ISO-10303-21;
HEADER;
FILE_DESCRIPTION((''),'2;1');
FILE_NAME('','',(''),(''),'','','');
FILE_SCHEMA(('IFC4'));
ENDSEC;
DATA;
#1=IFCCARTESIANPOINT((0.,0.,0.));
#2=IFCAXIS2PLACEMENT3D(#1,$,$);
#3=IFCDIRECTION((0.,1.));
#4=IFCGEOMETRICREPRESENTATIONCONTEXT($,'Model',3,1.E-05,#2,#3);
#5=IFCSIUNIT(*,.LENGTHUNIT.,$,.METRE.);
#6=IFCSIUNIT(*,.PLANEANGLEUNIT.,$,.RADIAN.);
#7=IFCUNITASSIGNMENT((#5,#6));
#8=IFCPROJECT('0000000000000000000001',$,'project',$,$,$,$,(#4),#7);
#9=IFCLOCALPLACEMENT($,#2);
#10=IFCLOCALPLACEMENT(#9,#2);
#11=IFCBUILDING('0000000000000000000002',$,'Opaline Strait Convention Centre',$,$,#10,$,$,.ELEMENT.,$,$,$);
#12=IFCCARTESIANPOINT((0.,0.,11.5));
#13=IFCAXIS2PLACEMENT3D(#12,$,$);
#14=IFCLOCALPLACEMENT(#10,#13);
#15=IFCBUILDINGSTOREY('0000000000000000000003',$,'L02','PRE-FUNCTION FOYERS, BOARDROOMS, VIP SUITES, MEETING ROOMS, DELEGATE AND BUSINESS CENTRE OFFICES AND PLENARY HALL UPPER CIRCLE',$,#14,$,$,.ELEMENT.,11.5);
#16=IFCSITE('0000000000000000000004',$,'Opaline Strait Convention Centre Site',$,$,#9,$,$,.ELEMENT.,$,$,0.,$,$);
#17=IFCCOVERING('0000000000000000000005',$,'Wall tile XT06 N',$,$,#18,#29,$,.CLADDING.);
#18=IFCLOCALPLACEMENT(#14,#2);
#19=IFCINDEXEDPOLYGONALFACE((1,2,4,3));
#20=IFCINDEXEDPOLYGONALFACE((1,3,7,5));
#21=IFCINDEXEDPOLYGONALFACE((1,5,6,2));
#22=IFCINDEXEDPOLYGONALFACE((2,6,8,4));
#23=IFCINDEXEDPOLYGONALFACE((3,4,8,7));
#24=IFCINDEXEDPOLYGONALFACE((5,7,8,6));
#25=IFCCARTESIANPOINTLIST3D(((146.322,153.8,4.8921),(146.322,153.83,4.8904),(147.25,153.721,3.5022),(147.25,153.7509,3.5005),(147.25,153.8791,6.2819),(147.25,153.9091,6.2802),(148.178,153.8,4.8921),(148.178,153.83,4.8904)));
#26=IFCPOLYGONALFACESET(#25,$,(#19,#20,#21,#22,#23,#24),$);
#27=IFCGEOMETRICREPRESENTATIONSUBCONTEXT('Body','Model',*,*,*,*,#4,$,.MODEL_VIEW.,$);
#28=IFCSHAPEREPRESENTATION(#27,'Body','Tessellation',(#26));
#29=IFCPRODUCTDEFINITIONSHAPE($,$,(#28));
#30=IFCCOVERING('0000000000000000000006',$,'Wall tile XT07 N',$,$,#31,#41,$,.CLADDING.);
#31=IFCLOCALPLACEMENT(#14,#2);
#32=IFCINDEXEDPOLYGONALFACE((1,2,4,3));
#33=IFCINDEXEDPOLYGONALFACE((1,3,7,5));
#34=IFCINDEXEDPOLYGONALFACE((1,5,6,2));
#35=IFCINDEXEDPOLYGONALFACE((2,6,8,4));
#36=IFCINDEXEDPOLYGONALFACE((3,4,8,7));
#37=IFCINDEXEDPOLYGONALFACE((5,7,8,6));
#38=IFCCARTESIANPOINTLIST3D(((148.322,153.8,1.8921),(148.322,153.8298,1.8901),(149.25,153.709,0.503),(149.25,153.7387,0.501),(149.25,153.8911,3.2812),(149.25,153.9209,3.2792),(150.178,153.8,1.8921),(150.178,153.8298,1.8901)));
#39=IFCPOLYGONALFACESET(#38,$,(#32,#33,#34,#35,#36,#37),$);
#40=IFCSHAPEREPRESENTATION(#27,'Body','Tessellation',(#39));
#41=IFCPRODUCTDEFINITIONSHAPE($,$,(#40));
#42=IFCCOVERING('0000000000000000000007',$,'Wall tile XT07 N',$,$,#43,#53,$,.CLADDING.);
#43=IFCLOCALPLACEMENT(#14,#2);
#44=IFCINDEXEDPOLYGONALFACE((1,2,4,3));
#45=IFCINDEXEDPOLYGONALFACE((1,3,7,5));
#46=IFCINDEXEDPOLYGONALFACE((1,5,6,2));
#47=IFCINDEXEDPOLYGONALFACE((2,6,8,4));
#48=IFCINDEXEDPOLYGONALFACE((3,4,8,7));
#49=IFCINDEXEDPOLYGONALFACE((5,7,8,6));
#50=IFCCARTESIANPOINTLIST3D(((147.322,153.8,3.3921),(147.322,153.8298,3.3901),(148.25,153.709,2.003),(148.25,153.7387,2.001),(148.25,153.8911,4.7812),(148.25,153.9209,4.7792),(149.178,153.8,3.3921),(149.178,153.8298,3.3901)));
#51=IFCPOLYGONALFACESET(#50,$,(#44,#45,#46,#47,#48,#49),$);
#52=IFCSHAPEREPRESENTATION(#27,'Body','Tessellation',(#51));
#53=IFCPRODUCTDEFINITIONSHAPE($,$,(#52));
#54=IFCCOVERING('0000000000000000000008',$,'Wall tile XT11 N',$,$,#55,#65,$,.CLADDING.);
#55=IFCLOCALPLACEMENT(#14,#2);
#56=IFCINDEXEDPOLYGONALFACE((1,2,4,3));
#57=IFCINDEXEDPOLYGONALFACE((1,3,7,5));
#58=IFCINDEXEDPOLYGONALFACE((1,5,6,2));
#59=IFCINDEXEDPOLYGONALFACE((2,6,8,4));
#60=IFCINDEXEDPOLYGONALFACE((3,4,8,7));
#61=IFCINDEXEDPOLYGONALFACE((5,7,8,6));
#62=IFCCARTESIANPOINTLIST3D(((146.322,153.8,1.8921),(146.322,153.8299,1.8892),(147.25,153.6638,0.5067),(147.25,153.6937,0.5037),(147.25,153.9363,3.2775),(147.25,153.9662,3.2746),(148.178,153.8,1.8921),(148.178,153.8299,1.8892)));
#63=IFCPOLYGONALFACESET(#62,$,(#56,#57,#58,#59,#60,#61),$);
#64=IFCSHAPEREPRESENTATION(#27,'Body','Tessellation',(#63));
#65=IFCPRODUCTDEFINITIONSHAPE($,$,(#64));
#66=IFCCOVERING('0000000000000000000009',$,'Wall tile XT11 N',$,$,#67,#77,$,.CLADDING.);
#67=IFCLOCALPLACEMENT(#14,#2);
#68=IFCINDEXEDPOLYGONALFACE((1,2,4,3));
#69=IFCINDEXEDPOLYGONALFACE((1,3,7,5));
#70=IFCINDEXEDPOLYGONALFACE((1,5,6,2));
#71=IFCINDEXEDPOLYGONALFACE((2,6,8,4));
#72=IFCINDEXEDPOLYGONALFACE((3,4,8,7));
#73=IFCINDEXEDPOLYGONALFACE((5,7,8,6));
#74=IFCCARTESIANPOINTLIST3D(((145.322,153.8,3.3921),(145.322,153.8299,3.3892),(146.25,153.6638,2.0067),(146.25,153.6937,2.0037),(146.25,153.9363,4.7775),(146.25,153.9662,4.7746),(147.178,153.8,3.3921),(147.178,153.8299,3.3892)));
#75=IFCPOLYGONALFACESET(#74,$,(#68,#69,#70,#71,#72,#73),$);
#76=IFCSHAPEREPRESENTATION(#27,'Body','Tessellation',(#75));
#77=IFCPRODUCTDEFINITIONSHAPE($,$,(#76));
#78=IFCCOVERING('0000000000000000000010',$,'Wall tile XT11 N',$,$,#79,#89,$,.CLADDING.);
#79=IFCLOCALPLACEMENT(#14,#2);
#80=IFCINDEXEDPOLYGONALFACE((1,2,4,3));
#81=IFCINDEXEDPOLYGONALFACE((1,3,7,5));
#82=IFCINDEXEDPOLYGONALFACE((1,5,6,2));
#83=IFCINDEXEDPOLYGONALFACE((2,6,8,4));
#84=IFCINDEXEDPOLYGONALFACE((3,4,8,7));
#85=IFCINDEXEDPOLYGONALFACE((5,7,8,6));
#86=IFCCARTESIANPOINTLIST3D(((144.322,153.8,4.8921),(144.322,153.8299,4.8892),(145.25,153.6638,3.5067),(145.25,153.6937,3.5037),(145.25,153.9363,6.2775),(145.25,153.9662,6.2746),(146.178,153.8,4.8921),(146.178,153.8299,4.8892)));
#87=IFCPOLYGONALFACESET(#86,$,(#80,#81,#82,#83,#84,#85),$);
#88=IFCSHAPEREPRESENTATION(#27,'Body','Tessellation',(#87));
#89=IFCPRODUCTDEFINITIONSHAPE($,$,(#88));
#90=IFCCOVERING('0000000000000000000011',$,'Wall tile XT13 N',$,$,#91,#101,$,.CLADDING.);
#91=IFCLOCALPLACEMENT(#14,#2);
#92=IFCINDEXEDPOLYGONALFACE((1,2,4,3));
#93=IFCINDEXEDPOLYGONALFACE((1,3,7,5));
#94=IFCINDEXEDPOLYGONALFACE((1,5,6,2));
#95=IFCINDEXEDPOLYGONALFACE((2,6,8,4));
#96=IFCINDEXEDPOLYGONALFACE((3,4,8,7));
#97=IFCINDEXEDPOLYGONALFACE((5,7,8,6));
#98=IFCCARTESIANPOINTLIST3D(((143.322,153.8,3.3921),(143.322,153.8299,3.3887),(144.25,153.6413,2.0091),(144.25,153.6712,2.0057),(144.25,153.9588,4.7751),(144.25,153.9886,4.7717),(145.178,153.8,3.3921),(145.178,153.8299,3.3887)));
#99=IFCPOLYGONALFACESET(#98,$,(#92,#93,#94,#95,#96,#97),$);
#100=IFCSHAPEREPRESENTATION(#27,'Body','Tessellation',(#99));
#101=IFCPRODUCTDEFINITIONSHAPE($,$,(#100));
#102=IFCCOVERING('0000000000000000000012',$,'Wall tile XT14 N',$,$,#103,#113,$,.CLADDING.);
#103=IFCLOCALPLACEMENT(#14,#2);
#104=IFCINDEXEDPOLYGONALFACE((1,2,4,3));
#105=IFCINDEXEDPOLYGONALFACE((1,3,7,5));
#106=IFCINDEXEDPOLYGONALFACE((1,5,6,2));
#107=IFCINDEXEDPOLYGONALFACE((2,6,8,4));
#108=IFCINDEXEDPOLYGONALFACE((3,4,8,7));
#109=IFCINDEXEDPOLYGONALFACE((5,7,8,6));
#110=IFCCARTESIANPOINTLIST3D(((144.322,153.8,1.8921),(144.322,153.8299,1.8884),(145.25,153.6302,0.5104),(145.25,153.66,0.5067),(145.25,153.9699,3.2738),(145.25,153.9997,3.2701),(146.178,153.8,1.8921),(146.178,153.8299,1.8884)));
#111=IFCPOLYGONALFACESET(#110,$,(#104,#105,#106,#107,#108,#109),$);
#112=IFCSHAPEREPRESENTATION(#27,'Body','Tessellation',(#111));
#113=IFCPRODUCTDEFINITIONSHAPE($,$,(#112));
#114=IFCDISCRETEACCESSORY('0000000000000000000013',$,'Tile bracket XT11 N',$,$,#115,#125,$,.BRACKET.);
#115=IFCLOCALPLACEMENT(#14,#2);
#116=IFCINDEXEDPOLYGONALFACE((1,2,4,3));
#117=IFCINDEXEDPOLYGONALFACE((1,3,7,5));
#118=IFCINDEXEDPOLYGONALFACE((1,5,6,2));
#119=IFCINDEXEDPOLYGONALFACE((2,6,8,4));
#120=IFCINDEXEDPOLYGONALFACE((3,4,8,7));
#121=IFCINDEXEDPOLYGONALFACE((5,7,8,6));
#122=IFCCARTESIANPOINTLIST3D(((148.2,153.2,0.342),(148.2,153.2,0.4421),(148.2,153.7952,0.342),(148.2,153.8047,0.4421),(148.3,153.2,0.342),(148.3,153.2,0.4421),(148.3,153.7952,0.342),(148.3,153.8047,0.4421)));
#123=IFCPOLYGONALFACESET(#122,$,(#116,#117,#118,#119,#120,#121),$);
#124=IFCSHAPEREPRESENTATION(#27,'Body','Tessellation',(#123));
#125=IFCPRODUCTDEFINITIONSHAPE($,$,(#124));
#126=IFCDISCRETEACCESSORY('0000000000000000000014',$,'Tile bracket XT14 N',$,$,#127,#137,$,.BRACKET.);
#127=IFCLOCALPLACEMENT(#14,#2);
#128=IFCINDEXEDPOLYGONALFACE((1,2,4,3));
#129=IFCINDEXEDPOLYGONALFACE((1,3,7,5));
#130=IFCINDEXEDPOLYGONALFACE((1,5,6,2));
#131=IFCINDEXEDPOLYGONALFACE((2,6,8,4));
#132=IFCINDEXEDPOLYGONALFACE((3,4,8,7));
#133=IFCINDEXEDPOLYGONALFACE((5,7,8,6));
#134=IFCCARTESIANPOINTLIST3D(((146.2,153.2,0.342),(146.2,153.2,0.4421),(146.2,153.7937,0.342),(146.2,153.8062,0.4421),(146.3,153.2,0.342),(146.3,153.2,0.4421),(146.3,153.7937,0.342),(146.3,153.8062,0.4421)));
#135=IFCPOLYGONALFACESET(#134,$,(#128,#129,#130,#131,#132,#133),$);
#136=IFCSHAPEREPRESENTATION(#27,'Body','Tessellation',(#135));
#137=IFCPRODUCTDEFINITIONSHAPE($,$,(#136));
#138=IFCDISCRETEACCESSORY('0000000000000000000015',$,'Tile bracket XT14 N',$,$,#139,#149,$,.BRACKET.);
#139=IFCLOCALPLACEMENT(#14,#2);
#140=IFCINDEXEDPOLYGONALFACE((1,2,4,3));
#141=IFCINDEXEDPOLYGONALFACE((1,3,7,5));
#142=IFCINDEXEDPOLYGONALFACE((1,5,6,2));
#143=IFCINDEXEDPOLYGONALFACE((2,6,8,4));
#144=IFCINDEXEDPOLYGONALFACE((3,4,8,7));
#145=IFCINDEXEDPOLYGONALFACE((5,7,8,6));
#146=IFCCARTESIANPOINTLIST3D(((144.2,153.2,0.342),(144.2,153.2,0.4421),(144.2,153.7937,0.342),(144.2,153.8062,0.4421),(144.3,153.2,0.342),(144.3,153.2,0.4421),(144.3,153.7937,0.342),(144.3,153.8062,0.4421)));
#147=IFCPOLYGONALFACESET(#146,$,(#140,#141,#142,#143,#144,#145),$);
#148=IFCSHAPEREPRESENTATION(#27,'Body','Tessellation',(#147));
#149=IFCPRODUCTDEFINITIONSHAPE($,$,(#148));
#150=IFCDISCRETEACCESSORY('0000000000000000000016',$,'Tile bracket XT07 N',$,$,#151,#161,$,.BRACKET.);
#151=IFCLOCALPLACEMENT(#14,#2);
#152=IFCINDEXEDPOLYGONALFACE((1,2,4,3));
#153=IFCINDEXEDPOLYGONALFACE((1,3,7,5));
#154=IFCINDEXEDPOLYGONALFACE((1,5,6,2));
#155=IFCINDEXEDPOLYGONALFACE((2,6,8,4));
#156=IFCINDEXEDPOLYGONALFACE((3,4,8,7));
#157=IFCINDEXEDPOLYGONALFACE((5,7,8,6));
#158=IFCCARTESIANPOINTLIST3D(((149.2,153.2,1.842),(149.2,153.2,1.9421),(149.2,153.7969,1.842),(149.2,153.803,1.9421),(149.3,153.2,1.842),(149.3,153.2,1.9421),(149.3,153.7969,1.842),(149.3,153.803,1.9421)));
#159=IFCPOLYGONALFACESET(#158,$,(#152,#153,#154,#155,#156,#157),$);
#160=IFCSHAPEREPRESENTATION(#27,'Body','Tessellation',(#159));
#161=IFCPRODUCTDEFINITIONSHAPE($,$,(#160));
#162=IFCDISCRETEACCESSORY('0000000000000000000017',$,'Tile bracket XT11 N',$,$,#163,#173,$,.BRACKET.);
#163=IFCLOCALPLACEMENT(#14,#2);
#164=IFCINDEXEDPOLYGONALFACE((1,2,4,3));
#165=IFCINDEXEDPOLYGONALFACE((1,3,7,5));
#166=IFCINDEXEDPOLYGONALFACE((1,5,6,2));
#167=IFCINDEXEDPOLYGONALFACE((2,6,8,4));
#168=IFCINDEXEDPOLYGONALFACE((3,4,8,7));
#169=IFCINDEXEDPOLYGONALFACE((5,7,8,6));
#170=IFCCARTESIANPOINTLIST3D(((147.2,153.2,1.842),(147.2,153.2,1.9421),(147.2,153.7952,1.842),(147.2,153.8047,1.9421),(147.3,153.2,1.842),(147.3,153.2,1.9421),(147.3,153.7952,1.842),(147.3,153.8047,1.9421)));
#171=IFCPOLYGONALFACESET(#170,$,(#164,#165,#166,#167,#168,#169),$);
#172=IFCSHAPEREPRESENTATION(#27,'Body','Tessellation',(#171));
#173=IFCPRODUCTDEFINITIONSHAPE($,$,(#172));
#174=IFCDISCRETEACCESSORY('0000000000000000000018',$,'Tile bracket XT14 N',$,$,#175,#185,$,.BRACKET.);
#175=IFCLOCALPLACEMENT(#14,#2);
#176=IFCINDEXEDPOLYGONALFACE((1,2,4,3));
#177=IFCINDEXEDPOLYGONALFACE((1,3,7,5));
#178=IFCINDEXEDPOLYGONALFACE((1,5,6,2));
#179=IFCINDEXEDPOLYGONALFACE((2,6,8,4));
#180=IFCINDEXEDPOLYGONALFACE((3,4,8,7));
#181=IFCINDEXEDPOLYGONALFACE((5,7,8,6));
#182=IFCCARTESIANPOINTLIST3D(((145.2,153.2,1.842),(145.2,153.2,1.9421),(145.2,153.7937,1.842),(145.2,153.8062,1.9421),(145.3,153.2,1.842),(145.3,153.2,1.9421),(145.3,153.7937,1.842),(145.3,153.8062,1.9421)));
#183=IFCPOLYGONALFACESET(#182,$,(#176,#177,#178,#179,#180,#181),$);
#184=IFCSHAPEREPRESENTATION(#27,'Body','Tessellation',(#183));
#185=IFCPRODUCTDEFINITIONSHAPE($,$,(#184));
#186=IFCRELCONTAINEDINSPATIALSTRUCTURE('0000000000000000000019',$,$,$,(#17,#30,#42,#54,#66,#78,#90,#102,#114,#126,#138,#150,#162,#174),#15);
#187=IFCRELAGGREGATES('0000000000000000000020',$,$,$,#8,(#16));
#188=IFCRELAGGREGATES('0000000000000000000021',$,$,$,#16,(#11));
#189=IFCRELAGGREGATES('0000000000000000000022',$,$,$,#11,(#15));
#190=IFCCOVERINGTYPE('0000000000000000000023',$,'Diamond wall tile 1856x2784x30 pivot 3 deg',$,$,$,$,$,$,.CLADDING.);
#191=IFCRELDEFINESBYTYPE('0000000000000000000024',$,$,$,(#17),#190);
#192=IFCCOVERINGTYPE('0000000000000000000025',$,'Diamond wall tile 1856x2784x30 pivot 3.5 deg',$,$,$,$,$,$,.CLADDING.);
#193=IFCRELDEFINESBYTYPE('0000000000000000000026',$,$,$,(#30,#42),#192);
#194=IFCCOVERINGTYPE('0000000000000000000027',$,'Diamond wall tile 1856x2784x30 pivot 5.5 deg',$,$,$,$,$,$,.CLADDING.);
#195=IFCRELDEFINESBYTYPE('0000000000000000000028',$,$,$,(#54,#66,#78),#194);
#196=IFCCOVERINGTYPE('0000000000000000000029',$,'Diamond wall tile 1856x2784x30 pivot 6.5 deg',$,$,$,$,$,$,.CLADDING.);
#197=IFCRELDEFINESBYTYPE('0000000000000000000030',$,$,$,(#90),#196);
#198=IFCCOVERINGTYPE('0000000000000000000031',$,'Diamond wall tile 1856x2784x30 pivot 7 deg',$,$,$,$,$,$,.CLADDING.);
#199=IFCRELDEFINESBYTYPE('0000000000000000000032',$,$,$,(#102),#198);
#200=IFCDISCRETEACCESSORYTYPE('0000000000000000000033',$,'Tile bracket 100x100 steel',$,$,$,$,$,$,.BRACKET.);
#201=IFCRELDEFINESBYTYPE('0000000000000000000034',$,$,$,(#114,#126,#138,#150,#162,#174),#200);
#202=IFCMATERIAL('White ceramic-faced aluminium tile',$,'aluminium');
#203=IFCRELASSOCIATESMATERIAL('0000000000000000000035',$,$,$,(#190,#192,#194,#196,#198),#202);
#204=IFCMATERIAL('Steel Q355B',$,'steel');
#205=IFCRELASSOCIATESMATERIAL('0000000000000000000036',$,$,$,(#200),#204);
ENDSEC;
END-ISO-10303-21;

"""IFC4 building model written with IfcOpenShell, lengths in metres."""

from ifc_helpers import new_model, si_unit, direction, frame, origin, place, context, subcontext, project, spatial, polyline, outline, extrude, material, material_profile, profile_set, type_object, element, save


model = new_model("IFC4")

# Units and contexts
model_context = context("Model", 3, precision=1e-05, world=origin(), true_north=direction((0.0, 1.0)))
body_context = subcontext(model_context, "Body", "Model", "MODEL_VIEW")
ifc_project = project(units=[si_unit("LENGTHUNIT", "METRE"), si_unit("PLANEANGLEUNIT", "RADIAN")], contexts=[model_context])

# Site, building, storey
site_placement = place(None, origin())
site = spatial("IfcSite", under=ifc_project, at=site_placement, Name="Opaline Strait Convention Centre Site", CompositionType="ELEMENT", RefElevation=0.0)
building_placement = place(site_placement, origin())
building = spatial("IfcBuilding", under=site, at=building_placement, Name="Opaline Strait Convention Centre", CompositionType="ELEMENT")
storey_placement = place(building_placement, frame((0.0, 0.0, 11.5)))
storey = spatial("IfcBuildingStorey", under=building, at=storey_placement, Name="L02", Description="PRE-FUNCTION FOYERS, BOARDROOMS, VIP SUITES, MEETING ROOMS, DELEGATE AND BUSINESS CENTRE OFFICES AND PLENARY HALL UPPER CIRCLE", CompositionType="ELEMENT", Elevation=11.5)

# Coverings
ifc_material_1 = material(Name="White ceramic-faced aluminium tile", Category="aluminium")
ifc_material_profile_1 = material_profile(ifc_material_1, outline(polyline([(0.928, 0.0), (0.0, 1.3921), (-0.928, 0.0), (0.0, -1.3921), (0.928, 0.0)])), Name="Diamond tile 1856x2784")
ifc_profile_set_1 = profile_set([ifc_material_profile_1], Name="White ceramic-faced aluminium tile")
covering_type_1 = type_object("IfcCoveringType", Name="Diamond wall tile 1856x2784x30 pivot 3 deg", PredefinedType="CLADDING", material=ifc_profile_set_1)
covering_1_placement = place(storey_placement, frame((147.25, 153.8, 4.8921), z_axis=(0.0, 0.998385, -0.056819), x_axis=(-1.0, 0.0, 0.0)))
element("IfcCovering", 1, at=covering_1_placement, inside=storey, type_object=covering_type_1, Name="Wall tile XT06 N", PredefinedType="CLADDING", context=body_context, shape_type="SweptSolid", body=[
    extrude(outline(polyline([(0.928, 0.0), (0.0, 1.3921), (-0.928, 0.0), (0.0, -1.3921), (0.928, 0.0)])), origin(), (0.0, 0.0, 1.0), 0.03),
])
ifc_material_profile_2 = material_profile(ifc_material_1, outline(polyline([(0.928, 0.0), (0.0, 1.3921), (-0.928, 0.0), (0.0, -1.3921), (0.928, 0.0)])), Name="Diamond tile 1856x2784")
ifc_profile_set_2 = profile_set([ifc_material_profile_2], Name="White ceramic-faced aluminium tile")
covering_type_2 = type_object("IfcCoveringType", Name="Diamond wall tile 1856x2784x30 pivot 3.5 deg", PredefinedType="CLADDING", material=ifc_profile_set_2)
for number, where, z_axis, x_axis, name in (
    (2, (149.25, 153.8, 1.8921), (0.0, 0.997857, -0.065433), (-1.0, 0.0, 0.0), "Wall tile XT07 N"),
    (3, (148.25, 153.8, 3.3921), (0.0, 0.997857, -0.065433), (-1.0, 0.0, 0.0), "Wall tile XT07 N"),
):
    element("IfcCovering", number, at=place(storey_placement, frame(where, z_axis=z_axis, x_axis=x_axis)), inside=storey, type_object=covering_type_2, Name=name, PredefinedType="CLADDING", context=body_context, shape_type="SweptSolid", body=[
        extrude(outline(polyline([(0.928, 0.0), (0.0, 1.3921), (-0.928, 0.0), (0.0, -1.3921), (0.928, 0.0)])), origin(), (0.0, 0.0, 1.0), 0.0298),
    ])
ifc_material_profile_3 = material_profile(ifc_material_1, outline(polyline([(0.928, 0.0), (0.0, 1.3921), (-0.928, 0.0), (0.0, -1.3921), (0.928, 0.0)])), Name="Diamond tile 1856x2784")
ifc_profile_set_3 = profile_set([ifc_material_profile_3], Name="White ceramic-faced aluminium tile")
covering_type_3 = type_object("IfcCoveringType", Name="Diamond wall tile 1856x2784x30 pivot 5.5 deg", PredefinedType="CLADDING", material=ifc_profile_set_3)
for number, where, z_axis, x_axis, name in (
    (4, (147.25, 153.8, 1.8921), (0.0, 0.995197, -0.097888), (-1.0, 0.0, 0.0), "Wall tile XT11 N"),
    (5, (146.25, 153.8, 3.3921), (0.0, 0.995197, -0.097888), (-1.0, 0.0, 0.0), "Wall tile XT11 N"),
    (6, (145.25, 153.8, 4.8921), (0.0, 0.995197, -0.097888), (-1.0, 0.0, 0.0), "Wall tile XT11 N"),
):
    element("IfcCovering", number, at=place(storey_placement, frame(where, z_axis=z_axis, x_axis=x_axis)), inside=storey, type_object=covering_type_3, Name=name, PredefinedType="CLADDING", context=body_context, shape_type="SweptSolid", body=[
        extrude(outline(polyline([(0.928, 0.0), (0.0, 1.3921), (-0.928, 0.0), (0.0, -1.3921), (0.928, 0.0)])), origin(), (0.0, 0.0, 1.0), 0.03),
    ])
ifc_material_profile_4 = material_profile(ifc_material_1, outline(polyline([(0.928, 0.0), (0.0, 1.3921), (-0.928, 0.0), (0.0, -1.3921), (0.928, 0.0)])), Name="Diamond tile 1856x2784")
ifc_profile_set_4 = profile_set([ifc_material_profile_4], Name="White ceramic-faced aluminium tile")
covering_type_4 = type_object("IfcCoveringType", Name="Diamond wall tile 1856x2784x30 pivot 6.5 deg", PredefinedType="CLADDING", material=ifc_profile_set_4)
covering_2_placement = place(storey_placement, frame((144.25, 153.8, 3.3921), z_axis=(0.0, 0.99348, -0.114006), x_axis=(-1.0, 0.0, 0.0)))
element("IfcCovering", 7, at=covering_2_placement, inside=storey, type_object=covering_type_4, Name="Wall tile XT13 N", PredefinedType="CLADDING", context=body_context, shape_type="SweptSolid", body=[
    extrude(outline(polyline([(0.928, 0.0), (0.0, 1.3921), (-0.928, 0.0), (0.0, -1.3921), (0.928, 0.0)])), origin(), (0.0, 0.0, 1.0), 0.03),
])
ifc_material_profile_5 = material_profile(ifc_material_1, outline(polyline([(0.928, 0.0), (0.0, 1.3921), (-0.928, 0.0), (0.0, -1.3921), (0.928, 0.0)])), Name="Diamond tile 1856x2784")
ifc_profile_set_5 = profile_set([ifc_material_profile_5], Name="White ceramic-faced aluminium tile")
covering_type_5 = type_object("IfcCoveringType", Name="Diamond wall tile 1856x2784x30 pivot 7 deg", PredefinedType="CLADDING", material=ifc_profile_set_5)
covering_3_placement = place(storey_placement, frame((145.25, 153.8, 1.8921), z_axis=(0.0, 0.992526, -0.122032), x_axis=(-1.0, 0.0, 0.0)))
element("IfcCovering", 8, at=covering_3_placement, inside=storey, type_object=covering_type_5, Name="Wall tile XT14 N", PredefinedType="CLADDING", context=body_context, shape_type="SweptSolid", body=[
    extrude(outline(polyline([(0.928, 0.0), (0.0, 1.3921), (-0.928, 0.0), (0.0, -1.3921), (0.928, 0.0)])), origin(), (0.0, 0.0, 1.0), 0.03),
])

# Discrete accessories
ifc_material_2 = material(Name="Steel Q355B", Category="steel")
discrete_accessory_type = type_object("IfcDiscreteAccessoryType", Name="Tile bracket 100x100 steel", PredefinedType="BRACKET", material=ifc_material_2)
discrete_accessory_1_placement = place(storey_placement, frame((148.3, 153.2, 0.3921), z_axis=(-1.0, 0.0, 0.0), x_axis=(0.0, -1.0, 0.0)))
element("IfcDiscreteAccessory", 9, at=discrete_accessory_1_placement, inside=storey, type_object=discrete_accessory_type, Name="Tile bracket XT11 N", PredefinedType="BRACKET", context=body_context, shape_type="SweptSolid", body=[
    extrude(outline(polyline([(0.0, -0.05), (0.0, 0.05), (-0.6047, 0.05), (-0.5952, -0.05), (0.0, -0.05)])), origin(), (0.0, 0.0, 1.0), 0.1001),
])
for number, where, z_axis, x_axis, name in (
    (10, (146.3, 153.2, 0.3921), (-1.0, 0.0, 0.0), (0.0, -1.0, 0.0), "Tile bracket XT14 N"),
    (11, (144.3, 153.2, 0.3921), (-1.0, 0.0, 0.0), (0.0, -1.0, 0.0), "Tile bracket XT14 N"),
):
    element("IfcDiscreteAccessory", number, at=place(storey_placement, frame(where, z_axis=z_axis, x_axis=x_axis)), inside=storey, type_object=discrete_accessory_type, Name=name, PredefinedType="BRACKET", context=body_context, shape_type="SweptSolid", body=[
        extrude(outline(polyline([(0.0, -0.05), (0.0, 0.05), (-0.6062, 0.05), (-0.5938, -0.05), (0.0, -0.05)])), origin(), (0.0, 0.0, 1.0), 0.1001),
    ])
discrete_accessory_2_placement = place(storey_placement, frame((149.3, 153.2, 1.8921), z_axis=(-1.0, 0.0, 0.0), x_axis=(0.0, -1.0, 0.0)))
element("IfcDiscreteAccessory", 12, at=discrete_accessory_2_placement, inside=storey, type_object=discrete_accessory_type, Name="Tile bracket XT07 N", PredefinedType="BRACKET", context=body_context, shape_type="SweptSolid", body=[
    extrude(outline(polyline([(0.0, -0.05), (0.0, 0.05), (-0.603, 0.05), (-0.5969, -0.05), (0.0, -0.05)])), origin(), (0.0, 0.0, 1.0), 0.1001),
])
discrete_accessory_3_placement = place(storey_placement, frame((147.3, 153.2, 1.8921), z_axis=(-1.0, 0.0, 0.0), x_axis=(0.0, -1.0, 0.0)))
element("IfcDiscreteAccessory", 13, at=discrete_accessory_3_placement, inside=storey, type_object=discrete_accessory_type, Name="Tile bracket XT11 N", PredefinedType="BRACKET", context=body_context, shape_type="SweptSolid", body=[
    extrude(outline(polyline([(0.0, -0.05), (0.0, 0.05), (-0.6047, 0.05), (-0.5952, -0.05), (0.0, -0.05)])), origin(), (0.0, 0.0, 1.0), 0.1001),
])
discrete_accessory_4_placement = place(storey_placement, frame((145.3, 153.2, 1.8921), z_axis=(-1.0, 0.0, 0.0), x_axis=(0.0, -1.0, 0.0)))
element("IfcDiscreteAccessory", 14, at=discrete_accessory_4_placement, inside=storey, type_object=discrete_accessory_type, Name="Tile bracket XT14 N", PredefinedType="BRACKET", context=body_context, shape_type="SweptSolid", body=[
    extrude(outline(polyline([(0.0, -0.05), (0.0, 0.05), (-0.6062, 0.05), (-0.5938, -0.05), (0.0, -0.05)])), origin(), (0.0, 0.0, 1.0), 0.1001),
])

save(model, "model.ifc")
